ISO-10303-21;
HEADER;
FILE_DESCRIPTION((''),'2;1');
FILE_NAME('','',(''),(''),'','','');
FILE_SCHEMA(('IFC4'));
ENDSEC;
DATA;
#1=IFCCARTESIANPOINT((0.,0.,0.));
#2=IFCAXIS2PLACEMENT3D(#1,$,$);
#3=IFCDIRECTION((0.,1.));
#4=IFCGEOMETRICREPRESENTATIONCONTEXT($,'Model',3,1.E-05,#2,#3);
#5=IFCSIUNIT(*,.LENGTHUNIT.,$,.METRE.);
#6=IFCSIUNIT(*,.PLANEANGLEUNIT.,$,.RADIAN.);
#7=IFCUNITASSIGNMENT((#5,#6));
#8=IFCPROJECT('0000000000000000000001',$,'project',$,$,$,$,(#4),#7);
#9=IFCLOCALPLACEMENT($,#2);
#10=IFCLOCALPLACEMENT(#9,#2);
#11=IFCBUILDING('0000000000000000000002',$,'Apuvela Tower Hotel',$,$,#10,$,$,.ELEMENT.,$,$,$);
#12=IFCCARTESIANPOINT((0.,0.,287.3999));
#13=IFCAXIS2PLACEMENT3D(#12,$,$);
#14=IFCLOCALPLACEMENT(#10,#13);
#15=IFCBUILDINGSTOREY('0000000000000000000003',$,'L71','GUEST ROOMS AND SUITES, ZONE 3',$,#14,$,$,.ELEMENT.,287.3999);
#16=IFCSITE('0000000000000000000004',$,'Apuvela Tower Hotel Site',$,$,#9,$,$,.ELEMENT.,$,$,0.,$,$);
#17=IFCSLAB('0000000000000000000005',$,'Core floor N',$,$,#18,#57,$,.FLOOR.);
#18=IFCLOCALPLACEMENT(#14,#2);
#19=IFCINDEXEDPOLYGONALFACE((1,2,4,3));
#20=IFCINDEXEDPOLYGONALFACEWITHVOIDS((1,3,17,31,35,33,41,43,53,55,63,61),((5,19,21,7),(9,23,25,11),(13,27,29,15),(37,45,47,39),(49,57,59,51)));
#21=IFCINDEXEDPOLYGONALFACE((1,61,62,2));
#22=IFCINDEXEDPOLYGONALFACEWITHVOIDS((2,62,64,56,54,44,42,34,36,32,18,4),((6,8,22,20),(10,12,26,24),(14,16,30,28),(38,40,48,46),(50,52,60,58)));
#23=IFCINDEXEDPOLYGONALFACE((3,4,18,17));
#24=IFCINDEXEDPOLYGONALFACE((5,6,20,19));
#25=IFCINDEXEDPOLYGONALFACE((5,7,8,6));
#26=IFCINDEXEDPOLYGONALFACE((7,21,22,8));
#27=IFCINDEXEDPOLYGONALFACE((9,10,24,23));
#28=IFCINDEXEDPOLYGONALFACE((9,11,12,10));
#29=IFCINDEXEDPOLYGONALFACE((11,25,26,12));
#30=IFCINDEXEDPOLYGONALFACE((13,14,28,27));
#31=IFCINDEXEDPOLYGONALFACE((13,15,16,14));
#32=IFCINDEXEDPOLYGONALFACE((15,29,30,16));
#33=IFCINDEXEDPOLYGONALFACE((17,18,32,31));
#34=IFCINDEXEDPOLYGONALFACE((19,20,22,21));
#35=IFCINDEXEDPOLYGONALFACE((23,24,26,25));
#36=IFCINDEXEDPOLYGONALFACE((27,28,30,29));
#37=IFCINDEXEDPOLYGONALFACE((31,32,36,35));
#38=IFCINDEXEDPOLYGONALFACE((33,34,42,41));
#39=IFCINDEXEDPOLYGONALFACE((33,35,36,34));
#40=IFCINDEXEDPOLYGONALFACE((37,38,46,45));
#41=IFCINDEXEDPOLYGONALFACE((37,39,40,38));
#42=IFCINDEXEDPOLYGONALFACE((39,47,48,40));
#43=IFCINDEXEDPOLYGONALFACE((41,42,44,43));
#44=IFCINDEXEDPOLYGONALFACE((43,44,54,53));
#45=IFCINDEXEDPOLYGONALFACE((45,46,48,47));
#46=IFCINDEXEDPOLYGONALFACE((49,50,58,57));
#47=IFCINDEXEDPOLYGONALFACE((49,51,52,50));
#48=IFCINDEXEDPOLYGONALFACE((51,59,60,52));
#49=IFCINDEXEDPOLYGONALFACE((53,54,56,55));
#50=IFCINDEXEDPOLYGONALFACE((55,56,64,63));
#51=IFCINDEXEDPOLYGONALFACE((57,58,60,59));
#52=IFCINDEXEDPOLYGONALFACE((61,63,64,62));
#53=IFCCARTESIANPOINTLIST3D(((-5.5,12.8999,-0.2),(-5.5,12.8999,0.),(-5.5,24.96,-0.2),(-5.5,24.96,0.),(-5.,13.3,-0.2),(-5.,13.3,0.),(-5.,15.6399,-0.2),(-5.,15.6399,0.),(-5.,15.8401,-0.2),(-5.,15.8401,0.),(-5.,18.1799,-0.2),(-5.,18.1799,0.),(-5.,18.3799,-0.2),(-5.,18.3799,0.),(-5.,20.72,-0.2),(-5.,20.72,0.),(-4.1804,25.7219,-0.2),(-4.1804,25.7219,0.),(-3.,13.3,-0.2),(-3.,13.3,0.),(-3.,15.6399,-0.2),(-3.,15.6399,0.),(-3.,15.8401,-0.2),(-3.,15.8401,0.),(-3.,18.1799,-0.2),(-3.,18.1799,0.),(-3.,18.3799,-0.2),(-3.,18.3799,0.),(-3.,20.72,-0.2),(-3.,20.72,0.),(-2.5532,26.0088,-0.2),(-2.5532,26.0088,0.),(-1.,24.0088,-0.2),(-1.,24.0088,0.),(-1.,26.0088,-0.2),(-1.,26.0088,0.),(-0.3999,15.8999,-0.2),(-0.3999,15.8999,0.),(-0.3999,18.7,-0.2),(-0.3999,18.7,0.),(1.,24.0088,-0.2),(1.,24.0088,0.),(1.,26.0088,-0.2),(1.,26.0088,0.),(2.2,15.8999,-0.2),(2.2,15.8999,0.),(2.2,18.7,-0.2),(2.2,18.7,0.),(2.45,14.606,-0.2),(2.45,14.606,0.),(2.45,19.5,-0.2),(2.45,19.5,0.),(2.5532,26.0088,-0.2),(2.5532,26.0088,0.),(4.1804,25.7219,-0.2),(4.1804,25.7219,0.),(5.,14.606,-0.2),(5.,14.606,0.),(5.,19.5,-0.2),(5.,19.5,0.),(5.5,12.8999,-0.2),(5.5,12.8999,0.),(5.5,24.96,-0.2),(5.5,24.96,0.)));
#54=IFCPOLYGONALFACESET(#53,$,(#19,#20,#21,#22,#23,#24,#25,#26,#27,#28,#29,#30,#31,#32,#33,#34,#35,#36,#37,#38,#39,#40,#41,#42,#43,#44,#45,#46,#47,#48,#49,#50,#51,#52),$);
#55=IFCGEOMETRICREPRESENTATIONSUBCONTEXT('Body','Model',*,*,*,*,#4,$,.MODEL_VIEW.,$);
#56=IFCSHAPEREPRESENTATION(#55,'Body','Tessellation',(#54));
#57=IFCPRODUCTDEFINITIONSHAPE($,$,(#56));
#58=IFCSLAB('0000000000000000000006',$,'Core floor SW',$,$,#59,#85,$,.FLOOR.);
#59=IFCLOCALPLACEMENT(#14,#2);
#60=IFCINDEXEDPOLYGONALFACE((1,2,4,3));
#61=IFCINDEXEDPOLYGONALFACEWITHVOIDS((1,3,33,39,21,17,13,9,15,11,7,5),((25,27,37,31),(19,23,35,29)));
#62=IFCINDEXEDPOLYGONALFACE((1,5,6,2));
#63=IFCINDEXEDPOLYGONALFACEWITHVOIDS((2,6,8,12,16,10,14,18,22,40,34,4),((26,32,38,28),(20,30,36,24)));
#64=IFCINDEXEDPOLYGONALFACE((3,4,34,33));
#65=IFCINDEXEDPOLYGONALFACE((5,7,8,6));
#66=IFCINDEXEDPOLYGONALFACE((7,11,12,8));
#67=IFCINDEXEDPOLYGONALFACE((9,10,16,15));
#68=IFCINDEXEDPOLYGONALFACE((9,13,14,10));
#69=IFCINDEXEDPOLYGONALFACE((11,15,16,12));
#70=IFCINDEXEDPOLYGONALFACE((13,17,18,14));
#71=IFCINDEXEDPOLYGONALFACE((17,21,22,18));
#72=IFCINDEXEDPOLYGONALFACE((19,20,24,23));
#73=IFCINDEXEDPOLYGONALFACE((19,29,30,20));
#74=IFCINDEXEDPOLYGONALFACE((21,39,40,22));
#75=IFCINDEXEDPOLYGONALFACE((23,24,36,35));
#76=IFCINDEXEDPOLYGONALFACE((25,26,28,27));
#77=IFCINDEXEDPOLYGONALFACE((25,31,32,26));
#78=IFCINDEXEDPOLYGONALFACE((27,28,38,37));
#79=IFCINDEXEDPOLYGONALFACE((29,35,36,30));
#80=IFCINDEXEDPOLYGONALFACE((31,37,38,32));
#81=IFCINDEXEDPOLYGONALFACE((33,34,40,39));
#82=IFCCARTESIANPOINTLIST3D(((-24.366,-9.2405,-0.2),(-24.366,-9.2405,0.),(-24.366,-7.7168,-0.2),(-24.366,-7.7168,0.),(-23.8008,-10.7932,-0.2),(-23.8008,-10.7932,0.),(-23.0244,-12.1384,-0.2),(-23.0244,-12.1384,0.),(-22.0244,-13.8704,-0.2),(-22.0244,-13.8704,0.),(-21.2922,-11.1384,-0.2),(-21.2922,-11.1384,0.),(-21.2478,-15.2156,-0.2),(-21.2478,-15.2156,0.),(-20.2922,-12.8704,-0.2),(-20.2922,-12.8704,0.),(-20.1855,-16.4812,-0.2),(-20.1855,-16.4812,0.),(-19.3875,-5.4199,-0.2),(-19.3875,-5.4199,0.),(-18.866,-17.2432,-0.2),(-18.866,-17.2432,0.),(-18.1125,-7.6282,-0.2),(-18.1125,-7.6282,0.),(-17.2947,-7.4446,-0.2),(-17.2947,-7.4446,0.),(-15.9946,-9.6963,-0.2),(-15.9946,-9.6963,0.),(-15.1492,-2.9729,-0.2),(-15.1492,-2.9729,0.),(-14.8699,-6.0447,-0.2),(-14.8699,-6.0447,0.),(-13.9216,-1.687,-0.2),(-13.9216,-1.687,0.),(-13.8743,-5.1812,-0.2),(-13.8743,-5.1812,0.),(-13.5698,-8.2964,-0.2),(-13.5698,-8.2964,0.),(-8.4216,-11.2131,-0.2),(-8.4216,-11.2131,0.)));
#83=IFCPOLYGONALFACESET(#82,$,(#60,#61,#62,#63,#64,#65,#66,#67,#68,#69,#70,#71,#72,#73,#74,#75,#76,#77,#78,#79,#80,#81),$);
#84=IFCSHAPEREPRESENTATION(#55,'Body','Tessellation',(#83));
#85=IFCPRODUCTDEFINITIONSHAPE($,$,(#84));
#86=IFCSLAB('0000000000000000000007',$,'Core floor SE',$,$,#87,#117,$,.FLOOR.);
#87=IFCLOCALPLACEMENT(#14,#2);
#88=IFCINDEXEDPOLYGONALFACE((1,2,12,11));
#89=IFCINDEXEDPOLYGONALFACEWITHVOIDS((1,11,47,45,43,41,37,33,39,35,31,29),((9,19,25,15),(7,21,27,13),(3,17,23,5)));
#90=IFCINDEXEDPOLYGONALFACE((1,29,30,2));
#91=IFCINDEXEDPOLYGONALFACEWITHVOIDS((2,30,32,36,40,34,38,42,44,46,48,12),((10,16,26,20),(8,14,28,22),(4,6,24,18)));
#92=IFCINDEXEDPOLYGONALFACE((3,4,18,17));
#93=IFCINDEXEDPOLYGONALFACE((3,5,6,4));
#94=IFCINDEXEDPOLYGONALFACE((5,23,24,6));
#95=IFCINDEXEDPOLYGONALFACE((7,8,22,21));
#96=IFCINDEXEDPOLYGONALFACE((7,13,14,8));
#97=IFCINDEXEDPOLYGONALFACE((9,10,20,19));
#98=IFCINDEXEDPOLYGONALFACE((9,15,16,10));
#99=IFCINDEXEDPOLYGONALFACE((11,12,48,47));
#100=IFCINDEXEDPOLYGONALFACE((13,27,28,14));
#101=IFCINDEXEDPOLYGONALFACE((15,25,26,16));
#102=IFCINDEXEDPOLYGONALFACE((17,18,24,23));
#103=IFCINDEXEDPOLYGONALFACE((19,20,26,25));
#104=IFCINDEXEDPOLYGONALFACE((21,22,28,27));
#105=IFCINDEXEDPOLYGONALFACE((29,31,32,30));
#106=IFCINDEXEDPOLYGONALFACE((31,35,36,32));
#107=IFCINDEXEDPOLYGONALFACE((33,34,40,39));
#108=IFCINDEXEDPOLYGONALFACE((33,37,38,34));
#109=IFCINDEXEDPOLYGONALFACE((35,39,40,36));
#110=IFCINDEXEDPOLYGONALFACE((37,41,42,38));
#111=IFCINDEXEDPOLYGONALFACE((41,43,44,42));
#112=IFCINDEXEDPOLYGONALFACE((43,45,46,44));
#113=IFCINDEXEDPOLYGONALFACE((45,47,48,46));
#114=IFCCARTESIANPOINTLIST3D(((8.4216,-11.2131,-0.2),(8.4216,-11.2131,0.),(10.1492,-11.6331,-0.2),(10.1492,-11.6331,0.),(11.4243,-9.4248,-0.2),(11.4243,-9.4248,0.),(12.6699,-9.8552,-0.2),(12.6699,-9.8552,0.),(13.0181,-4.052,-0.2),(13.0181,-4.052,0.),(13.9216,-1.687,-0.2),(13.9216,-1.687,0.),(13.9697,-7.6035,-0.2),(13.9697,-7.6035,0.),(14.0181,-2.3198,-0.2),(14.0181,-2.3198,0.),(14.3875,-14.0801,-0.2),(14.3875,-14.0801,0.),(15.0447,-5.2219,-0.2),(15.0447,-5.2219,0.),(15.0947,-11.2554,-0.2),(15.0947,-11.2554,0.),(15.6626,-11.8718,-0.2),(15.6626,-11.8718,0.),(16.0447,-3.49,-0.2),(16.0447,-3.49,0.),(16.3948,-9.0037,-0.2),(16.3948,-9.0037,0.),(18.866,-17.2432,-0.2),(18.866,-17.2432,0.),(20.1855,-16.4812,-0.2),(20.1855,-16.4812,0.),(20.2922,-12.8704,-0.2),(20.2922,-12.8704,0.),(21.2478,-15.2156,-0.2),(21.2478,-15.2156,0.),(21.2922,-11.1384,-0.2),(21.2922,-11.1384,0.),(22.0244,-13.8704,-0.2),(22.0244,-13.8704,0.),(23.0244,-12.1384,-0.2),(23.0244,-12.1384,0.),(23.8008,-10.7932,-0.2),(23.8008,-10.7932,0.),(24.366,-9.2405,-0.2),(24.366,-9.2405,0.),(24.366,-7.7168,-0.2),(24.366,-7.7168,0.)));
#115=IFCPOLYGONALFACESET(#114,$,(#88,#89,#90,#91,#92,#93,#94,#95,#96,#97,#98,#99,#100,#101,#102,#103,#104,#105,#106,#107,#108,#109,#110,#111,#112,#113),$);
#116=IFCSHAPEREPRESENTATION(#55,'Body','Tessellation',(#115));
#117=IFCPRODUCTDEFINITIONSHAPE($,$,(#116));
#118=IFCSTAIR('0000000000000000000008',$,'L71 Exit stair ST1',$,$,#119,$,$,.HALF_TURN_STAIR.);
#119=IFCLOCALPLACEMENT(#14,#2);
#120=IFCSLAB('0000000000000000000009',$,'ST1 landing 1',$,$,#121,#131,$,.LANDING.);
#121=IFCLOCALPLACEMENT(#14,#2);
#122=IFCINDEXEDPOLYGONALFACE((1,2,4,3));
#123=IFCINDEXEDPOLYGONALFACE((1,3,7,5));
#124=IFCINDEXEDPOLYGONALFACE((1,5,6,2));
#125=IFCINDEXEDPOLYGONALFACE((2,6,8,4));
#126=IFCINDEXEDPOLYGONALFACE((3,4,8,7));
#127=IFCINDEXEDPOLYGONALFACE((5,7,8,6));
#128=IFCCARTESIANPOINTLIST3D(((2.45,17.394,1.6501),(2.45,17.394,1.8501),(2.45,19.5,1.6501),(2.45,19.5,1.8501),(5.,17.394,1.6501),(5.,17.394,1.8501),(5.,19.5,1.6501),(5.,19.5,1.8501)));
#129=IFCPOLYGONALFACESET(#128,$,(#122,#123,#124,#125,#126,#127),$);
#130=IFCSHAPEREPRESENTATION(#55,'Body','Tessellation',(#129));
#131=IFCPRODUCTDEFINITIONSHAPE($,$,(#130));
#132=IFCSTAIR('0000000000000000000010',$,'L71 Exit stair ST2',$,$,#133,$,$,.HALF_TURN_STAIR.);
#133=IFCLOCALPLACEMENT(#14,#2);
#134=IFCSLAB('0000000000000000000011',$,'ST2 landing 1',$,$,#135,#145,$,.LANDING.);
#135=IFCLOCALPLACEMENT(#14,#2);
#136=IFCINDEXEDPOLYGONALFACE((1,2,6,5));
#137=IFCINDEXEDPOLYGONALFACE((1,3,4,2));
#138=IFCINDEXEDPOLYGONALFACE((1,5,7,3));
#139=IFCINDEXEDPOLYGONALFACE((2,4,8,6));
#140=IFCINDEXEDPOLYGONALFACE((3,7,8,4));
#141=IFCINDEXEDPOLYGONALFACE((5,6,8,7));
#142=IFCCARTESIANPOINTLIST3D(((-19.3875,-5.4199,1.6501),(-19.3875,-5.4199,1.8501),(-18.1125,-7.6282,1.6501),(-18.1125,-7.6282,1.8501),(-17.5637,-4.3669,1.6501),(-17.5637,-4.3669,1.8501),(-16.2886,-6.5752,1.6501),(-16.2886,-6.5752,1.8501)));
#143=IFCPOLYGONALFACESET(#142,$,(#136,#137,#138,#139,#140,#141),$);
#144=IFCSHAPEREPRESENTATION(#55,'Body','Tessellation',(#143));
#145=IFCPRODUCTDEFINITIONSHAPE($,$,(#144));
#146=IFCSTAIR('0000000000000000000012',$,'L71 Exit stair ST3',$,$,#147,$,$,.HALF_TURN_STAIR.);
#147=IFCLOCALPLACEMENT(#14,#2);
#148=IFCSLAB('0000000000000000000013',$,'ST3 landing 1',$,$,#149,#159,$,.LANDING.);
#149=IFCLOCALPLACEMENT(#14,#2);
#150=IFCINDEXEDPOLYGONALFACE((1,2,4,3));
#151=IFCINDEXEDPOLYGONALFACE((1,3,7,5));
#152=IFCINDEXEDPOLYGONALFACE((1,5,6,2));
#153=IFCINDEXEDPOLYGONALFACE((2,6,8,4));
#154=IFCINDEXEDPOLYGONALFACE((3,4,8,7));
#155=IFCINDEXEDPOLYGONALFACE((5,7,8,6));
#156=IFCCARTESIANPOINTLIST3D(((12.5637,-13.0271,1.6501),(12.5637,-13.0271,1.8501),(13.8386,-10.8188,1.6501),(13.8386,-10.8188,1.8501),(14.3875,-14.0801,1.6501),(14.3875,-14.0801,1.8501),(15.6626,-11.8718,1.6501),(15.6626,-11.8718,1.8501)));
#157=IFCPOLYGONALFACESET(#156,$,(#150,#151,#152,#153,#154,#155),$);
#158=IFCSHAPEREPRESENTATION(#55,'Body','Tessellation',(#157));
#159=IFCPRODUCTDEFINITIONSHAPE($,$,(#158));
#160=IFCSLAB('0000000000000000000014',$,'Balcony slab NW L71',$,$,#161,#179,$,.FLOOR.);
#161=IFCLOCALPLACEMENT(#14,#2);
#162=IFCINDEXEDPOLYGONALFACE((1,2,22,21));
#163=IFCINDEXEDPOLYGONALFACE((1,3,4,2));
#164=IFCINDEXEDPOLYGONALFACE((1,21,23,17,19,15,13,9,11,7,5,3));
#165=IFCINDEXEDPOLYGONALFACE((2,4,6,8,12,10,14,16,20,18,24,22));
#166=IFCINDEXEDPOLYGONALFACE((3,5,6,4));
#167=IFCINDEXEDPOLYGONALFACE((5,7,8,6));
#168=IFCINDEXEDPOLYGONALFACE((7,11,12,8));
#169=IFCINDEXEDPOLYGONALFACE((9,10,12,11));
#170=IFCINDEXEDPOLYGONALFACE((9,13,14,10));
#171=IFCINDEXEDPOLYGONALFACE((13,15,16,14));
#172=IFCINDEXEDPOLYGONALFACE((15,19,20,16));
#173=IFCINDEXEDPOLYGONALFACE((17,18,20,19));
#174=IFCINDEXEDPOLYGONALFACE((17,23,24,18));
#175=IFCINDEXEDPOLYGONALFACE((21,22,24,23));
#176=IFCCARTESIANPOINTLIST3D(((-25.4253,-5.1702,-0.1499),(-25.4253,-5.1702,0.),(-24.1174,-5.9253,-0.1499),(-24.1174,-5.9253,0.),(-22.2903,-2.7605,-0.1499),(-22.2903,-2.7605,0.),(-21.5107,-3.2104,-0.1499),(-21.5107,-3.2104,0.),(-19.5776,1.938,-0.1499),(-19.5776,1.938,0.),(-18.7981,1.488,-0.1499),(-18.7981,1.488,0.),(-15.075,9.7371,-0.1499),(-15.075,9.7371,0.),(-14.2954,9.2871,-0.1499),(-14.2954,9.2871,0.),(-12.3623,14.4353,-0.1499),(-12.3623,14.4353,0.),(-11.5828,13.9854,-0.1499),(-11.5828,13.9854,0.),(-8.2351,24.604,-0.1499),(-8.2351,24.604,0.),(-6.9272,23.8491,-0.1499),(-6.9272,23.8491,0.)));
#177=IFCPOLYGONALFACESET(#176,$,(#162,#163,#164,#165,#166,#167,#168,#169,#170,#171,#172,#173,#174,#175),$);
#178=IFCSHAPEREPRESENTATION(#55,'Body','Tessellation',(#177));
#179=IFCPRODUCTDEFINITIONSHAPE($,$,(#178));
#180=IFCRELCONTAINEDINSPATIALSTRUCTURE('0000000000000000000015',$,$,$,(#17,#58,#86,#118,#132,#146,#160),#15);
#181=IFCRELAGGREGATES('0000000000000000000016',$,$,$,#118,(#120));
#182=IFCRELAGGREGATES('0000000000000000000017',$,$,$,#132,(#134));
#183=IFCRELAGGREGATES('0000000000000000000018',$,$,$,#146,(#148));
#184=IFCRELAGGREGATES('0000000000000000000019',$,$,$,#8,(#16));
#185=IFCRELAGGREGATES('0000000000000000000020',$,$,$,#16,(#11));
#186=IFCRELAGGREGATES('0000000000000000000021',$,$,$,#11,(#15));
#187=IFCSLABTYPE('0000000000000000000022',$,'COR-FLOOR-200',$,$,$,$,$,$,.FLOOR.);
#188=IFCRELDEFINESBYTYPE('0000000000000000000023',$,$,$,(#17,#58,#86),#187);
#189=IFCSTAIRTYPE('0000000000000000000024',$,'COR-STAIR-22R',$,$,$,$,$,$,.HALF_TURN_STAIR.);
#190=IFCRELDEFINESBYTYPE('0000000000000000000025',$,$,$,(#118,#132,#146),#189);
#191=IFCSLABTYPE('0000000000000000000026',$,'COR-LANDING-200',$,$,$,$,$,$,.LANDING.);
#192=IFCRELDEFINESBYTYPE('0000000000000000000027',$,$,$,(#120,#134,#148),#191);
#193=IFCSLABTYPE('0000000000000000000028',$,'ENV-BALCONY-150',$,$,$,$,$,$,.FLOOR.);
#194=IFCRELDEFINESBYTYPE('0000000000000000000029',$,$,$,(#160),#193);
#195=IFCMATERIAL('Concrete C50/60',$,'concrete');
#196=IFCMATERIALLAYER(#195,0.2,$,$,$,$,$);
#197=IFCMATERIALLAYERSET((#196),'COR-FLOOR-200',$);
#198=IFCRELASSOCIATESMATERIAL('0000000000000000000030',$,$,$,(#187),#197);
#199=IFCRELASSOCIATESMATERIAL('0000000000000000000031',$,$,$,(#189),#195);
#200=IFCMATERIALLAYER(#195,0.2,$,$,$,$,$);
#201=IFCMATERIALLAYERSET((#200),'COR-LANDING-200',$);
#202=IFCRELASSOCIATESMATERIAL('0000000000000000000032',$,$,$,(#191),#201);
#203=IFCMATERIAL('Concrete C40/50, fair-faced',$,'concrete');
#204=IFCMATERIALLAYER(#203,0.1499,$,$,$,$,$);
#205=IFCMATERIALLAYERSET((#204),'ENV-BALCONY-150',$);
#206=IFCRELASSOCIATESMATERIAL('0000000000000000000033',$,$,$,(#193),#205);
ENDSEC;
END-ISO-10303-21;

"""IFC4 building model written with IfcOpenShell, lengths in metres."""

from ifc_helpers import new_model, si_unit, direction, frame, origin, place, context, subcontext, project, spatial, polyline, outline, extrude, material, layer, layer_set, type_object, element, aggregate, save


model = new_model("IFC4")

# Units and contexts
model_context = context("Model", 3, precision=1e-05, world=origin(), true_north=direction((0.0, 1.0)))
body_context = subcontext(model_context, "Body", "Model", "MODEL_VIEW")
ifc_project = project(units=[si_unit("LENGTHUNIT", "METRE"), si_unit("PLANEANGLEUNIT", "RADIAN")], contexts=[model_context])

# Site, building, storey
site_placement = place(None, origin())
site = spatial("IfcSite", under=ifc_project, at=site_placement, Name="Apuvela Tower Hotel Site", CompositionType="ELEMENT", RefElevation=0.0)
building_placement = place(site_placement, origin())
building = spatial("IfcBuilding", under=site, at=building_placement, Name="Apuvela Tower Hotel", CompositionType="ELEMENT")
storey_placement = place(building_placement, frame((0.0, 0.0, 287.3999)))
storey = spatial("IfcBuildingStorey", under=building, at=storey_placement, Name="L71", Description="GUEST ROOMS AND SUITES, ZONE 3", CompositionType="ELEMENT", Elevation=287.3999)

# Slabs
ifc_material_1 = material(Name="Concrete C50/60", Category="concrete")
ifc_layer_1 = layer(ifc_material_1, 0.2)
ifc_layer_set_1 = layer_set([ifc_layer_1], Name="COR-FLOOR-200")
slab_type_1 = type_object("IfcSlabType", Name="COR-FLOOR-200", PredefinedType="FLOOR", material=ifc_layer_set_1)
slab_1_placement = place(storey_placement, frame((0.0, 0.0, -0.2)))
element("IfcSlab", 1, at=slab_1_placement, inside=storey, type_object=slab_type_1, Name="Core floor N", PredefinedType="FLOOR", context=body_context, shape_type="SweptSolid", body=[
    extrude(outline(polyline([(5.5, 24.96), (4.1804, 25.7219), (2.5532, 26.0088), (1.0, 26.0088), (1.0, 24.0088), (-1.0, 24.0088), (-1.0, 26.0088), (-2.5532, 26.0088), (-4.1804, 25.7219), (-5.5, 24.96), (-5.5, 12.8999), (5.5, 12.8999), (5.5, 24.96)]), holes=[polyline([(-3.0, 13.3), (-5.0, 13.3), (-5.0, 15.6399), (-3.0, 15.6399), (-3.0, 13.3)]), polyline([(-3.0, 15.8401), (-5.0, 15.8401), (-5.0, 18.1799), (-3.0, 18.1799), (-3.0, 15.8401)]), polyline([(5.0, 14.606), (2.45, 14.606), (2.45, 19.5), (5.0, 19.5), (5.0, 14.606)]), polyline([(2.2, 18.7), (2.2, 15.8999), (-0.3999, 15.8999), (-0.3999, 18.7), (2.2, 18.7)]), polyline([(-3.0, 20.72), (-3.0, 18.3799), (-5.0, 18.3799), (-5.0, 20.72), (-3.0, 20.72)])]), origin(), (0.0, 0.0, 1.0), 0.2),
])
slab_2_placement = place(storey_placement, frame((0.0, 0.0, -0.2)))
element("IfcSlab", 2, at=slab_2_placement, inside=storey, type_object=slab_type_1, Name="Core floor SW", PredefinedType="FLOOR", context=body_context, shape_type="SweptSolid", body=[
    extrude(outline(polyline([(-24.366, -7.7168), (-24.366, -9.2405), (-23.8008, -10.7932), (-23.0244, -12.1384), (-21.2922, -11.1384), (-20.2922, -12.8704), (-22.0244, -13.8704), (-21.2478, -15.2156), (-20.1855, -16.4812), (-18.866, -17.2432), (-8.4216, -11.2131), (-13.9216, -1.687), (-24.366, -7.7168)]), holes=[polyline([(-13.8743, -5.1812), (-18.1125, -7.6282), (-19.3875, -5.4199), (-15.1492, -2.9729), (-13.8743, -5.1812)]), polyline([(-13.5698, -8.2964), (-15.9946, -9.6963), (-17.2947, -7.4446), (-14.8699, -6.0447), (-13.5698, -8.2964)])]), origin(), (0.0, 0.0, 1.0), 0.2),
])
slab_3_placement = place(storey_placement, frame((0.0, 0.0, -0.2)))
element("IfcSlab", 3, at=slab_3_placement, inside=storey, type_object=slab_type_1, Name="Core floor SE", PredefinedType="FLOOR", context=body_context, shape_type="SweptSolid", body=[
    extrude(outline(polyline([(18.866, -17.2432), (20.1855, -16.4812), (21.2478, -15.2156), (22.0244, -13.8704), (20.2922, -12.8704), (21.2922, -11.1384), (23.0244, -12.1384), (23.8008, -10.7932), (24.366, -9.2405), (24.366, -7.7168), (13.9216, -1.687), (8.4216, -11.2131), (18.866, -17.2432)]), holes=[polyline([(14.0181, -2.3198), (16.0447, -3.49), (15.0447, -5.2219), (13.0181, -4.052), (14.0181, -2.3198)]), polyline([(10.1492, -11.6331), (11.4243, -9.4248), (15.6626, -11.8718), (14.3875, -14.0801), (10.1492, -11.6331)]), polyline([(12.6699, -9.8552), (13.9697, -7.6035), (16.3948, -9.0037), (15.0947, -11.2554), (12.6699, -9.8552)])]), origin(), (0.0, 0.0, 1.0), 0.2),
])

# Stairs, slabs
stair_type = type_object("IfcStairType", Name="COR-STAIR-22R", PredefinedType="HALF_TURN_STAIR", material=ifc_material_1)
stair_1_placement = place(storey_placement, origin())
stair_1 = element("IfcStair", 4, at=stair_1_placement, inside=storey, type_object=stair_type, Name="L71 Exit stair ST1", PredefinedType="HALF_TURN_STAIR")
ifc_layer_2 = layer(ifc_material_1, 0.2)
ifc_layer_set_2 = layer_set([ifc_layer_2], Name="COR-LANDING-200")
slab_type_2 = type_object("IfcSlabType", Name="COR-LANDING-200", PredefinedType="LANDING", material=ifc_layer_set_2)
slab_4_placement = place(storey_placement, frame((0.0, 0.0, 1.6501)))
slab_4 = element("IfcSlab", 5, at=slab_4_placement, type_object=slab_type_2, Name="ST1 landing 1", PredefinedType="LANDING", context=body_context, shape_type="SweptSolid", body=[
    extrude(outline(polyline([(5.0, 17.394), (5.0, 19.5), (2.45, 19.5), (2.45, 17.394), (5.0, 17.394)])), origin(), (0.0, 0.0, 1.0), 0.2),
])
aggregate(stair_1, [slab_4])
stair_2_placement = place(storey_placement, origin())
stair_2 = element("IfcStair", 6, at=stair_2_placement, inside=storey, type_object=stair_type, Name="L71 Exit stair ST2", PredefinedType="HALF_TURN_STAIR")
slab_5_placement = place(storey_placement, frame((0.0, 0.0, 1.6501)))
slab_5 = element("IfcSlab", 7, at=slab_5_placement, type_object=slab_type_2, Name="ST2 landing 1", PredefinedType="LANDING", context=body_context, shape_type="SweptSolid", body=[
    extrude(outline(polyline([(-17.5637, -4.3669), (-19.3875, -5.4199), (-18.1125, -7.6282), (-16.2886, -6.5752), (-17.5637, -4.3669)])), origin(), (0.0, 0.0, 1.0), 0.2),
])
aggregate(stair_2, [slab_5])
stair_3_placement = place(storey_placement, origin())
stair_3 = element("IfcStair", 8, at=stair_3_placement, inside=storey, type_object=stair_type, Name="L71 Exit stair ST3", PredefinedType="HALF_TURN_STAIR")
slab_6_placement = place(storey_placement, frame((0.0, 0.0, 1.6501)))
slab_6 = element("IfcSlab", 9, at=slab_6_placement, type_object=slab_type_2, Name="ST3 landing 1", PredefinedType="LANDING", context=body_context, shape_type="SweptSolid", body=[
    extrude(outline(polyline([(12.5637, -13.0271), (14.3875, -14.0801), (15.6626, -11.8718), (13.8386, -10.8188), (12.5637, -13.0271)])), origin(), (0.0, 0.0, 1.0), 0.2),
])
aggregate(stair_3, [slab_6])

# Slab
ifc_material_2 = material(Name="Concrete C40/50, fair-faced", Category="concrete")
ifc_layer_3 = layer(ifc_material_2, 0.1499)
ifc_layer_set_3 = layer_set([ifc_layer_3], Name="ENV-BALCONY-150")
slab_type_3 = type_object("IfcSlabType", Name="ENV-BALCONY-150", PredefinedType="FLOOR", material=ifc_layer_set_3)
slab_7_placement = place(storey_placement, frame((0.0, 0.0, -0.1499)))
element("IfcSlab", 10, at=slab_7_placement, inside=storey, type_object=slab_type_3, Name="Balcony slab NW L71", PredefinedType="FLOOR", context=body_context, shape_type="SweptSolid", body=[
    extrude(outline(polyline([(-25.4253, -5.1702), (-8.2351, 24.604), (-6.9272, 23.8491), (-12.3623, 14.4353), (-11.5828, 13.9854), (-14.2954, 9.2871), (-15.075, 9.7371), (-19.5776, 1.938), (-18.7981, 1.488), (-21.5107, -3.2104), (-22.2903, -2.7605), (-24.1174, -5.9253), (-25.4253, -5.1702)])), origin(), (0.0, 0.0, 1.0), 0.1499),
])

save(model, "model.ifc")
